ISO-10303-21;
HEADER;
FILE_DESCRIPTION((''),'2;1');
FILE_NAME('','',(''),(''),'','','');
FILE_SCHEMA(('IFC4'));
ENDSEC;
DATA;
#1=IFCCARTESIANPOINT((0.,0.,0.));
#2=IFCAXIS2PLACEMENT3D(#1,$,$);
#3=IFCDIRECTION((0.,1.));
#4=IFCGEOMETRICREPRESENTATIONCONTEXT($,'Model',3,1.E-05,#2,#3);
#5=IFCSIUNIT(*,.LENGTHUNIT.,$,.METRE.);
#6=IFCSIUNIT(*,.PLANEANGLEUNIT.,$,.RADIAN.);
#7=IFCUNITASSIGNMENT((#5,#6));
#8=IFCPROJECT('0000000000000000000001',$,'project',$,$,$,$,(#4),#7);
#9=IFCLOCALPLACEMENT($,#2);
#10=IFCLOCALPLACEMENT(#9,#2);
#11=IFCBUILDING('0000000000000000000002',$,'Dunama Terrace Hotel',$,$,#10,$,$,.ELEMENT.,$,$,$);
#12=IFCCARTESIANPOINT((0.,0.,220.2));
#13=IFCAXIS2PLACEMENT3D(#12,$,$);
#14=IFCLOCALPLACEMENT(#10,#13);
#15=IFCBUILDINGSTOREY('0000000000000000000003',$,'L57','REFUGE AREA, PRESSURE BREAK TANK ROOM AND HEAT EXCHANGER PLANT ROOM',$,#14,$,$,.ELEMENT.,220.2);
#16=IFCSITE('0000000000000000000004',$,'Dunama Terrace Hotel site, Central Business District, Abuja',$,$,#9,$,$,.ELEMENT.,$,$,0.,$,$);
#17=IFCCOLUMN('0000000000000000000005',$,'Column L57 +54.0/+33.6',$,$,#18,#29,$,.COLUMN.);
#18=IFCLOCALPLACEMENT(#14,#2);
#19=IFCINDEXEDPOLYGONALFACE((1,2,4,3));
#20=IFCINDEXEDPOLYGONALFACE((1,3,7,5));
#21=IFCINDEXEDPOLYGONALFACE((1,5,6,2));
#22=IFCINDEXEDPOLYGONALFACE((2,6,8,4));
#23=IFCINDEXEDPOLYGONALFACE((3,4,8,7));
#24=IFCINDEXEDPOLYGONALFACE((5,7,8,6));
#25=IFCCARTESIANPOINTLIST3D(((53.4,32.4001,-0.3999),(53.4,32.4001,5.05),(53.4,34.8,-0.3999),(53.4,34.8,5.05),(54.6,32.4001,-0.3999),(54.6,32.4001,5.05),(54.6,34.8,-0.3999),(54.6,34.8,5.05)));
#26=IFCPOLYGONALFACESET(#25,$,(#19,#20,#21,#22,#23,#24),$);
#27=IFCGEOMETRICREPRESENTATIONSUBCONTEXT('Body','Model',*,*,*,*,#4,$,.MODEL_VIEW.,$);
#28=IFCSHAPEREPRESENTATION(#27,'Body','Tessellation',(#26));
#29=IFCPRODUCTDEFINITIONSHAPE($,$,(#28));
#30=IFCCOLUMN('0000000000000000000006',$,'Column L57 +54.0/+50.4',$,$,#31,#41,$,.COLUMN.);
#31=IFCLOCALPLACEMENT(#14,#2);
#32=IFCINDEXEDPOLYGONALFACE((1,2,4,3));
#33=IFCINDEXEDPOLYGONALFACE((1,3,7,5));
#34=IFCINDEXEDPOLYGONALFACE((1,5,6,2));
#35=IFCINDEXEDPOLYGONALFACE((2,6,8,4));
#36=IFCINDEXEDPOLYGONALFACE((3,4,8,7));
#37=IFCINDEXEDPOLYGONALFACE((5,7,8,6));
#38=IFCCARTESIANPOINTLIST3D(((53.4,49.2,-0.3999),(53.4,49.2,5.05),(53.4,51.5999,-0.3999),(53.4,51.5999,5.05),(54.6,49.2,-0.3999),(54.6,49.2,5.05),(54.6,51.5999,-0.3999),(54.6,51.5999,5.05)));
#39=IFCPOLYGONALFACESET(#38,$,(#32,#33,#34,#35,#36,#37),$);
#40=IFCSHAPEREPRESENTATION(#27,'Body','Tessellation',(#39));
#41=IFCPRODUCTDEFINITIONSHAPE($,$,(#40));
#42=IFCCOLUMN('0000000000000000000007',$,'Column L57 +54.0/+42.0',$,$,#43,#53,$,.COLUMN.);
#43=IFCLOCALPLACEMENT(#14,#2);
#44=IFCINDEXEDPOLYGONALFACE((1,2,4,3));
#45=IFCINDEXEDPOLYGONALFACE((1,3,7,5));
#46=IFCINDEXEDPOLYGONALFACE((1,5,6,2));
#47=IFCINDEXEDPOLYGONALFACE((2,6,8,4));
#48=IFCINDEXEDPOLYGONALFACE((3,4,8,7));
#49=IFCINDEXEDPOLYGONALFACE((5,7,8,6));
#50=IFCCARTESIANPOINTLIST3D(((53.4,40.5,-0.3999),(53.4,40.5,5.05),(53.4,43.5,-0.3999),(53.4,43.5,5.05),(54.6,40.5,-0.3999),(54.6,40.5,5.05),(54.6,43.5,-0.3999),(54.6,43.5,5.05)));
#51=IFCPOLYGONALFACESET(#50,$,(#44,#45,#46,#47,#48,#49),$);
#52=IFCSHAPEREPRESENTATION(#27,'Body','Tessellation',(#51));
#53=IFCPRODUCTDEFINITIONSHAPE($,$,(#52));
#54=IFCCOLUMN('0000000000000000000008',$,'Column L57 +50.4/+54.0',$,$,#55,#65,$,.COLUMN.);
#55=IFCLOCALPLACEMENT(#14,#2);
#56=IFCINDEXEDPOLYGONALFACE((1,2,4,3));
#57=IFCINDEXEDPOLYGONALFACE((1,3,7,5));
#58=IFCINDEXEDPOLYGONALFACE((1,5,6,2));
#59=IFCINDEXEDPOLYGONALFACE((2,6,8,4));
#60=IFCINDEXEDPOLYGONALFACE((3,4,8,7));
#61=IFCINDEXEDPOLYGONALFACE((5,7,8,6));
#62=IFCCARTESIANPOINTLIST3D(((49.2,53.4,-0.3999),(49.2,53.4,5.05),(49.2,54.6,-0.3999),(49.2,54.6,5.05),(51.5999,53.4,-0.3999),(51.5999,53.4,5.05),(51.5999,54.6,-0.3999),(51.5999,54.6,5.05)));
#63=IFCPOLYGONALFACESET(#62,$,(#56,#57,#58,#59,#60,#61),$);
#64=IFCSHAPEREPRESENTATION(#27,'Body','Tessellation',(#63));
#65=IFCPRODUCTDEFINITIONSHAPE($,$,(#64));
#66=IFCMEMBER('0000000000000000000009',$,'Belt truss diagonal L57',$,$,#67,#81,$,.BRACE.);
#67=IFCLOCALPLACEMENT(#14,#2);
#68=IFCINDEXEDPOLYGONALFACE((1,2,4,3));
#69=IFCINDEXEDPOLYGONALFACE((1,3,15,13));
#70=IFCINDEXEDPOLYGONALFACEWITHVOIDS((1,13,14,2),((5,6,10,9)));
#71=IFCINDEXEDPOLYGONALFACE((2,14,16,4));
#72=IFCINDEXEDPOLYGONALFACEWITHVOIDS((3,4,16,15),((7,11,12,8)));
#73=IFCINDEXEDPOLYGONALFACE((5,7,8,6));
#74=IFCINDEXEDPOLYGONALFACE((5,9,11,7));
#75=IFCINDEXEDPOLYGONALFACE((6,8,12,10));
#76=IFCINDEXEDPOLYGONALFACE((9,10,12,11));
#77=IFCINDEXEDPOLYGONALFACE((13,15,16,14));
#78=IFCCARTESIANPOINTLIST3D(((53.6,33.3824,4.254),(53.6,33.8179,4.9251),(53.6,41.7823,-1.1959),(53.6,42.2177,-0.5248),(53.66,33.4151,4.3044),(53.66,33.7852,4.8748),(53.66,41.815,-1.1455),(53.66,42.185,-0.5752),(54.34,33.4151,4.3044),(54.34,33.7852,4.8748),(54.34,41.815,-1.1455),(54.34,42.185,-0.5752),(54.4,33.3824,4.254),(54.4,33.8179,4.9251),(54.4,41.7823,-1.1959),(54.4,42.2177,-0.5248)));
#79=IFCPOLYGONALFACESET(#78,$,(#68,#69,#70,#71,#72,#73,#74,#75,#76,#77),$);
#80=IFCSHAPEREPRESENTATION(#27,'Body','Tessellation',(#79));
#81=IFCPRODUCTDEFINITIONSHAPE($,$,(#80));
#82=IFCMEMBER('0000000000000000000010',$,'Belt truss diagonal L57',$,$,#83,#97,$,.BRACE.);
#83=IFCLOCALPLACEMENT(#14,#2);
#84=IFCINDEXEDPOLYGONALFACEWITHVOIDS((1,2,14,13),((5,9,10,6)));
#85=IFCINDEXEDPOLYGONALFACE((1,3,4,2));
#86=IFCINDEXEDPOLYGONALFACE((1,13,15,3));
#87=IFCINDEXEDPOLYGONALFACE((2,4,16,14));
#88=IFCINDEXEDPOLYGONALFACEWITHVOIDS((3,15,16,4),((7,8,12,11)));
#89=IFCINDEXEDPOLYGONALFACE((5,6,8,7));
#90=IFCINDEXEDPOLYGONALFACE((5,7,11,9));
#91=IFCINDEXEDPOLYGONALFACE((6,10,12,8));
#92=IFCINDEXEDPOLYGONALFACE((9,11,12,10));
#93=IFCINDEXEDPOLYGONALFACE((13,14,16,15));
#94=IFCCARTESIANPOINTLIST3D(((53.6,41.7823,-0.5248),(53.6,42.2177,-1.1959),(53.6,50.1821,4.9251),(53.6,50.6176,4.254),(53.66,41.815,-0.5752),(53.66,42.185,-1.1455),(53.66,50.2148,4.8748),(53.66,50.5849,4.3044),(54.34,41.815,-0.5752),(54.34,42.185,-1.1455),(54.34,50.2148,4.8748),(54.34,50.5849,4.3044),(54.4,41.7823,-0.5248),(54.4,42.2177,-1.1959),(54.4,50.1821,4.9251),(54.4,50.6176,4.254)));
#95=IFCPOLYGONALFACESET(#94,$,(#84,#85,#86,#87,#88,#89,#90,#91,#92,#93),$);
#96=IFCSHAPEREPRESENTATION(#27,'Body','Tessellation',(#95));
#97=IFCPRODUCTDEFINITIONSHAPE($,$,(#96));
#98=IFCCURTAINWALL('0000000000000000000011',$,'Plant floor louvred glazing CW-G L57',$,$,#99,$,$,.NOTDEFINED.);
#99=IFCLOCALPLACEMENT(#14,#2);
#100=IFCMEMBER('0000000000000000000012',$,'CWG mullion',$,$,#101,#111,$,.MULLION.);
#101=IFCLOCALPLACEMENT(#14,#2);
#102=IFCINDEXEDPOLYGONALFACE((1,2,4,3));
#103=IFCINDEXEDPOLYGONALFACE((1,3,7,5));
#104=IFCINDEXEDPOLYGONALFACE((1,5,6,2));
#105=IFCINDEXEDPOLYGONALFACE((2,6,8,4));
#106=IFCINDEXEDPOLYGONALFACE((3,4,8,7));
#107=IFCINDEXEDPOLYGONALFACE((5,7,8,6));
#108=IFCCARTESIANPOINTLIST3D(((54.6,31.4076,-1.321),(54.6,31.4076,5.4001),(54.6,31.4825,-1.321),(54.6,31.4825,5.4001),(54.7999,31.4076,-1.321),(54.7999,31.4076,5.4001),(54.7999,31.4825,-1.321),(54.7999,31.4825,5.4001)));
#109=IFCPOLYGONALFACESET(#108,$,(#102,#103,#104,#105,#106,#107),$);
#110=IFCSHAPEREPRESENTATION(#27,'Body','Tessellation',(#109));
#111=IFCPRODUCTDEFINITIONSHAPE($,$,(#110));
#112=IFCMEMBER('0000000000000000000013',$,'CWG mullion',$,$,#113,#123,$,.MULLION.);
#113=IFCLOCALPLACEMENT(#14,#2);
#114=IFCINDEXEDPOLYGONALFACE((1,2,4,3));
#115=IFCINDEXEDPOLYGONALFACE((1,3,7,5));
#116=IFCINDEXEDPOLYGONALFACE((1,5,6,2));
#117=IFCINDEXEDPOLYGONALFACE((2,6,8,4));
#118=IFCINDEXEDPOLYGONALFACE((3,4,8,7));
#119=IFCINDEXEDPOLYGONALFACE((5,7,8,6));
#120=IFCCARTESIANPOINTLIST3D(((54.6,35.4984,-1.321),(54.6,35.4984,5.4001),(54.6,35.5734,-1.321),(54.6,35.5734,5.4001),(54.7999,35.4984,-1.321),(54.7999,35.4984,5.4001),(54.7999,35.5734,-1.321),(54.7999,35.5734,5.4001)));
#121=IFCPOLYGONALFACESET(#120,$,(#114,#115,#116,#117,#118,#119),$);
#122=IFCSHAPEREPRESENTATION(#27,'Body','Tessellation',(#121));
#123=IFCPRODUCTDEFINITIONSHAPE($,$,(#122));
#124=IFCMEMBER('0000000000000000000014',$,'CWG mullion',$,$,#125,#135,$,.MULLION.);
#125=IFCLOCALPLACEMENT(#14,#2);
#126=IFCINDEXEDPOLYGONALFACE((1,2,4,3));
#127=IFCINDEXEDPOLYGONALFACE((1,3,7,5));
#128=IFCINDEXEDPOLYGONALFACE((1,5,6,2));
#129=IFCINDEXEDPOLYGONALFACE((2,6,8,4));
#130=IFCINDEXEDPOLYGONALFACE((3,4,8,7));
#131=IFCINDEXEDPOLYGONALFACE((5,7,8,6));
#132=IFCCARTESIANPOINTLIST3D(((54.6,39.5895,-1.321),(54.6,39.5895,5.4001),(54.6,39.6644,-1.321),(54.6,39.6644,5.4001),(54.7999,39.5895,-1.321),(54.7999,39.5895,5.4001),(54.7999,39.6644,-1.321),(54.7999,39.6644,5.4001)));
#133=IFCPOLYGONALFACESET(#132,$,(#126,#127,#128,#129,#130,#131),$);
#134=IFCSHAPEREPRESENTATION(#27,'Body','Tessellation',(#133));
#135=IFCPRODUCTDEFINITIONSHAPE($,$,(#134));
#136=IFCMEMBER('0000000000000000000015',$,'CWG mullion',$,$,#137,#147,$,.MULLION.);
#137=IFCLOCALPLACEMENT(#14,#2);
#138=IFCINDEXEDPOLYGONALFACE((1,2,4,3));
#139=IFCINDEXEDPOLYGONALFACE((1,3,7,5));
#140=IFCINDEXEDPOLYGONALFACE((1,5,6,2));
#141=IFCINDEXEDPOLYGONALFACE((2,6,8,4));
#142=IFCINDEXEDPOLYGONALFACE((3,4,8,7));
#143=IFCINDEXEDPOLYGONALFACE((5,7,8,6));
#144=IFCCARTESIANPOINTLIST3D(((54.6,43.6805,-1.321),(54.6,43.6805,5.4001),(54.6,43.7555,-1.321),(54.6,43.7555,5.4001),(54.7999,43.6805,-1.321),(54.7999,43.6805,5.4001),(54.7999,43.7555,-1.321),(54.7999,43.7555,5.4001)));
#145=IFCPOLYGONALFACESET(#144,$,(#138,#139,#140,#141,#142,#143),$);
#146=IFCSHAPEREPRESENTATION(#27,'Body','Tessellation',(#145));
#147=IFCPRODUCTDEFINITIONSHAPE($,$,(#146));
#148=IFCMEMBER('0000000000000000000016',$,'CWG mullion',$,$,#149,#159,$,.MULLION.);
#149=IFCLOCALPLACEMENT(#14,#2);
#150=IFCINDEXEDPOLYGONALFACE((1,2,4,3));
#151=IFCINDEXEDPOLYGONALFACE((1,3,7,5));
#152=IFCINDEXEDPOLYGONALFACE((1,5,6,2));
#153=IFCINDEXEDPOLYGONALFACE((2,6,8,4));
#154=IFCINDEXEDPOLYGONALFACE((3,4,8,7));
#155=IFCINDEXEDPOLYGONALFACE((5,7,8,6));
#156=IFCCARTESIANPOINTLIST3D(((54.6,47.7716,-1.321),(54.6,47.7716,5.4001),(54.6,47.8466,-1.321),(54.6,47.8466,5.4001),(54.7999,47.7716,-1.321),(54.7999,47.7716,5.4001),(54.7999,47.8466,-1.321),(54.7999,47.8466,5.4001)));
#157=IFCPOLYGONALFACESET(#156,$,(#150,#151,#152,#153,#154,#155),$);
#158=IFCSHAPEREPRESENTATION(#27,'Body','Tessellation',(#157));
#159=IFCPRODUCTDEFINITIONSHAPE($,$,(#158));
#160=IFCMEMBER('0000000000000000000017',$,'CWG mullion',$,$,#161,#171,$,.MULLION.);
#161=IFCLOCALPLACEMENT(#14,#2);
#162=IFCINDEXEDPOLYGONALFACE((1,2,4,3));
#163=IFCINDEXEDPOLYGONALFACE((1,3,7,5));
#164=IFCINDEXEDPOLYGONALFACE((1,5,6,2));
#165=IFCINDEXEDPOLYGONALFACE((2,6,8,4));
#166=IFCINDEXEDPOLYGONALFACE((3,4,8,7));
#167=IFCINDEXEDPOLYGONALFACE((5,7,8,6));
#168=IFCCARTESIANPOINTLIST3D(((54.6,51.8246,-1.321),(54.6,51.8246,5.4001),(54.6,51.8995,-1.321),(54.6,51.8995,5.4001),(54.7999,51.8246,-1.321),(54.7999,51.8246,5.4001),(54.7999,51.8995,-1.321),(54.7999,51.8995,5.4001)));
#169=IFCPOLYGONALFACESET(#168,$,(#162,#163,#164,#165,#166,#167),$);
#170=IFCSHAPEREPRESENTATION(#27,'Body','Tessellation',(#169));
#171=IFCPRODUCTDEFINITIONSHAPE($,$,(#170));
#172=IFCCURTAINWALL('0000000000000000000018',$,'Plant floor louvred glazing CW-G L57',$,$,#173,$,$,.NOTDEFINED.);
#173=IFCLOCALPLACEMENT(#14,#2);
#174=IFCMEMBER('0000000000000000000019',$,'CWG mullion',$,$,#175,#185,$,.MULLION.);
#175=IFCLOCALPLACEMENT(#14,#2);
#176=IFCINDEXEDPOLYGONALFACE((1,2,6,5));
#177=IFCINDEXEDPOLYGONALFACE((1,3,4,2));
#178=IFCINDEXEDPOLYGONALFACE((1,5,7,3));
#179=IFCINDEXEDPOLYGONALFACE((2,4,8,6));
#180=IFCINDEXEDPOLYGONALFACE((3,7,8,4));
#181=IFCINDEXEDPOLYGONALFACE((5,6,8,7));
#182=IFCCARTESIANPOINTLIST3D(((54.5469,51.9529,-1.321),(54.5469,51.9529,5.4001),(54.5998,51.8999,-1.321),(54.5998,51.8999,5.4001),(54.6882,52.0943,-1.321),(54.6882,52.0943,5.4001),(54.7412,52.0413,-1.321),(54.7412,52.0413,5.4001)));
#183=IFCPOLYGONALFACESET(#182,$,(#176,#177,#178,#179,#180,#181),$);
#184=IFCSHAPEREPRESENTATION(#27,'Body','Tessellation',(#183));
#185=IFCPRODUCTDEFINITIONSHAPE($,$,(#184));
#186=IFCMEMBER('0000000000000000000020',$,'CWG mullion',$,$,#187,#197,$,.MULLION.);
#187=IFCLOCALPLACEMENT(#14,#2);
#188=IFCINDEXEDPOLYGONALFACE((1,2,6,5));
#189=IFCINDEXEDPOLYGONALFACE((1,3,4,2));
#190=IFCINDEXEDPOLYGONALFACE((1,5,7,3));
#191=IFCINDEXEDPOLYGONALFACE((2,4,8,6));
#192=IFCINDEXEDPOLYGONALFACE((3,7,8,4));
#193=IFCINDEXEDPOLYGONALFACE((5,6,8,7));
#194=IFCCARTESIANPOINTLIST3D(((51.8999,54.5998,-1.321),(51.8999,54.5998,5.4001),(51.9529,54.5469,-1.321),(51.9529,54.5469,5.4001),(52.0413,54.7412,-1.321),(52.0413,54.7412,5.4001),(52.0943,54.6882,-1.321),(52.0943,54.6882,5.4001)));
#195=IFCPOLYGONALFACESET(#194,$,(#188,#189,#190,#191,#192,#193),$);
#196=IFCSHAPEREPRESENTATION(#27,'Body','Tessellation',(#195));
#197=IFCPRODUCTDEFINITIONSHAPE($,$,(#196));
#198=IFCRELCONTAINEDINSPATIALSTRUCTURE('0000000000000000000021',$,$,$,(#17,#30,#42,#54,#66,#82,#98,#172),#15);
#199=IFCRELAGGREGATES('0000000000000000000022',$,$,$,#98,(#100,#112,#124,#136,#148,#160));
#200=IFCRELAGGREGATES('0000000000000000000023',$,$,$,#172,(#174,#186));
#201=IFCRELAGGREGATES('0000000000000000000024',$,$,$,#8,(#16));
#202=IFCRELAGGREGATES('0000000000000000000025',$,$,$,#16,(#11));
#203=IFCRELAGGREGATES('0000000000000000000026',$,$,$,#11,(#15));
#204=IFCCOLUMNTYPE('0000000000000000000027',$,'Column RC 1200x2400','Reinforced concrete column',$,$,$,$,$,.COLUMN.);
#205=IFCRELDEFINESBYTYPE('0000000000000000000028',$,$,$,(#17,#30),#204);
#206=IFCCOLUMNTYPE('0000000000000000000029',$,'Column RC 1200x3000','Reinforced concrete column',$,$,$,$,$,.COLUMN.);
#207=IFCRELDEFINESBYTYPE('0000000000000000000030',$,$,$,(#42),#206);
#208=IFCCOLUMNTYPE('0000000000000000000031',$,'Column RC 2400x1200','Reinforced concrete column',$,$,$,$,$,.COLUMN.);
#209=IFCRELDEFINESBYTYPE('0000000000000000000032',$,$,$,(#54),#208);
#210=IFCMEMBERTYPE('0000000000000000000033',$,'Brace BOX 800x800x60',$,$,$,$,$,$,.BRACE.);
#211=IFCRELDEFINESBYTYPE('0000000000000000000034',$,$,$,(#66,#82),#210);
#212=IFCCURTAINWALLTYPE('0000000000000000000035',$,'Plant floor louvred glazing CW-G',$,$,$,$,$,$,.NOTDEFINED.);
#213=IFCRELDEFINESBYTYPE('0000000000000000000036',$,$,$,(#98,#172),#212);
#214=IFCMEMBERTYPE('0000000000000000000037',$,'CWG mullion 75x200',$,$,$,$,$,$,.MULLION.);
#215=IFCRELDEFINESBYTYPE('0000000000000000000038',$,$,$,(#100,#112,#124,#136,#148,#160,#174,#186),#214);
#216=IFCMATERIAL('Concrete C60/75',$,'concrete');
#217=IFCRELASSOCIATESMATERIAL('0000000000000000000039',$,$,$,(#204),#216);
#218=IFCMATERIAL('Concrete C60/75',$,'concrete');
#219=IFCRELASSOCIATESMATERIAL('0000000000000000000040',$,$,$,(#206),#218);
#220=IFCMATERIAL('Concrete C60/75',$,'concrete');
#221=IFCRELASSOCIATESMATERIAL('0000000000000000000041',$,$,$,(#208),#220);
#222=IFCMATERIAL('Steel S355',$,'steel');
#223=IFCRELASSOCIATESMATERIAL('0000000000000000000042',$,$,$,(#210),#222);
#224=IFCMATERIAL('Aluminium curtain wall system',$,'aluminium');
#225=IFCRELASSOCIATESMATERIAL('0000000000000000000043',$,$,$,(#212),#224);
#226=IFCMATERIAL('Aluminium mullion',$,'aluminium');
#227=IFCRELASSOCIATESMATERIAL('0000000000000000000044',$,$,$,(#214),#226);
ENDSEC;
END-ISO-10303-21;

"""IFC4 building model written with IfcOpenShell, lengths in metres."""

from ifc_helpers import new_model, si_unit, direction, frame, origin, origin_2d, place, context, subcontext, project, spatial, rectangle, hollow_rectangle, extrude, material, material_profile, profile_set, type_object, element, aggregate, save


model = new_model("IFC4")

# Units and contexts
model_context = context("Model", 3, precision=1e-05, world=origin(), true_north=direction((0.0, 1.0)))
body_context = subcontext(model_context, "Body", "Model", "MODEL_VIEW")
ifc_project = project(units=[si_unit("LENGTHUNIT", "METRE"), si_unit("PLANEANGLEUNIT", "RADIAN")], contexts=[model_context])

# Site, building, storey
site_placement = place(None, origin())
site = spatial("IfcSite", under=ifc_project, at=site_placement, Name="Dunama Terrace Hotel site, Central Business District, Abuja", CompositionType="ELEMENT", RefElevation=0.0)
building_placement = place(site_placement, origin())
building = spatial("IfcBuilding", under=site, at=building_placement, Name="Dunama Terrace Hotel", CompositionType="ELEMENT")
storey_placement = place(building_placement, frame((0.0, 0.0, 220.2)))
storey = spatial("IfcBuildingStorey", under=building, at=storey_placement, Name="L57", Description="REFUGE AREA, PRESSURE BREAK TANK ROOM AND HEAT EXCHANGER PLANT ROOM", CompositionType="ELEMENT", Elevation=220.2)

# Columns
ifc_material_1 = material(Name="Concrete C60/75", Category="concrete")
ifc_material_profile_1 = material_profile(ifc_material_1, rectangle(XDim=1.2, YDim=2.3999, at=origin_2d()), Name="RC 1200x2400")
ifc_profile_set_1 = profile_set([ifc_material_profile_1], Name="Concrete C60/75")
column_type_1 = type_object("IfcColumnType", Name="Column RC 1200x2400", Description="Reinforced concrete column", PredefinedType="COLUMN", material=ifc_profile_set_1)
for number, where, z_axis, x_axis, name in (
    (1, (54.0, 33.6001, -0.3999), (0.0, 0.0, 1.0), (1.0, 0.0, 0.0), "Column L57 +54.0/+33.6"),
    (2, (54.0, 50.3999, -0.3999), (0.0, 0.0, 1.0), (1.0, 0.0, 0.0), "Column L57 +54.0/+50.4"),
):
    element("IfcColumn", number, at=place(storey_placement, frame(where, z_axis=z_axis, x_axis=x_axis)), inside=storey, type_object=column_type_1, Name=name, PredefinedType="COLUMN", context=body_context, shape_type="SweptSolid", body=[
        extrude(rectangle(XDim=1.2, YDim=2.3999, at=origin_2d()), origin(), (0.0, 0.0, 1.0), 5.45),
    ])
ifc_material_2 = material(Name="Concrete C60/75", Category="concrete")
ifc_material_profile_2 = material_profile(ifc_material_2, rectangle(XDim=1.2, YDim=3.0, at=origin_2d()), Name="RC 1200x3000")
ifc_profile_set_2 = profile_set([ifc_material_profile_2], Name="Concrete C60/75")
column_type_2 = type_object("IfcColumnType", Name="Column RC 1200x3000", Description="Reinforced concrete column", PredefinedType="COLUMN", material=ifc_profile_set_2)
column_1_placement = place(storey_placement, frame((54.0, 42.0, -0.3999), z_axis=(0.0, 0.0, 1.0), x_axis=(1.0, 0.0, 0.0)))
element("IfcColumn", 3, at=column_1_placement, inside=storey, type_object=column_type_2, Name="Column L57 +54.0/+42.0", PredefinedType="COLUMN", context=body_context, shape_type="SweptSolid", body=[
    extrude(rectangle(XDim=1.2, YDim=3.0, at=origin_2d()), origin(), (0.0, 0.0, 1.0), 5.45),
])
ifc_material_3 = material(Name="Concrete C60/75", Category="concrete")
ifc_material_profile_3 = material_profile(ifc_material_3, rectangle(XDim=2.3999, YDim=1.2, at=origin_2d()), Name="RC 2400x1200")
ifc_profile_set_3 = profile_set([ifc_material_profile_3], Name="Concrete C60/75")
column_type_3 = type_object("IfcColumnType", Name="Column RC 2400x1200", Description="Reinforced concrete column", PredefinedType="COLUMN", material=ifc_profile_set_3)
column_2_placement = place(storey_placement, frame((50.3999, 54.0, -0.3999), z_axis=(0.0, 0.0, 1.0), x_axis=(1.0, 0.0, 0.0)))
element("IfcColumn", 4, at=column_2_placement, inside=storey, type_object=column_type_3, Name="Column L57 +50.4/+54.0", PredefinedType="COLUMN", context=body_context, shape_type="SweptSolid", body=[
    extrude(rectangle(XDim=2.3999, YDim=1.2, at=origin_2d()), origin(), (0.0, 0.0, 1.0), 5.45),
])

# Members
ifc_material_4 = material(Name="Steel S355", Category="steel")
ifc_material_profile_4 = material_profile(ifc_material_4, hollow_rectangle(XDim=0.8, YDim=0.8, WallThickness=0.0601, at=origin_2d()), Name="BOX 800x800x60")
ifc_profile_set_4 = profile_set([ifc_material_profile_4], Name="Steel S355")
member_type_1 = type_object("IfcMemberType", Name="Brace BOX 800x800x60", PredefinedType="BRACE", material=ifc_profile_set_4)
for number, where, z_axis, x_axis, name in (
    (5, (54.0, 42.0, -0.8604), (0.0, -0.838899, 0.544287), (1.0, 0.0, 0.0), "Belt truss diagonal L57"),
    (6, (54.0, 42.0, -0.8604), (0.0, 0.838899, 0.544287), (-1.0, 0.0, 0.0), "Belt truss diagonal L57"),
):
    element("IfcMember", number, at=place(storey_placement, frame(where, z_axis=z_axis, x_axis=x_axis)), inside=storey, type_object=member_type_1, Name=name, PredefinedType="BRACE", context=body_context, shape_type="SweptSolid", body=[
        extrude(hollow_rectangle(XDim=0.8, YDim=0.8, WallThickness=0.0601, at=origin_2d()), origin(), (0.0, 0.0, 1.0), 10.0129),
    ])

# Curtain walls, members
ifc_material_5 = material(Name="Aluminium curtain wall system", Category="aluminium")
curtain_wall_type = type_object("IfcCurtainWallType", Name="Plant floor louvred glazing CW-G", PredefinedType="NOTDEFINED", material=ifc_material_5)
curtain_wall_1_placement = place(storey_placement, origin())
curtain_wall_1 = element("IfcCurtainWall", 7, at=curtain_wall_1_placement, inside=storey, type_object=curtain_wall_type, Name="Plant floor louvred glazing CW-G L57", PredefinedType="NOTDEFINED")
ifc_material_6 = material(Name="Aluminium mullion", Category="aluminium")
ifc_material_profile_5 = material_profile(ifc_material_6, rectangle(XDim=0.075, YDim=0.2, at=origin_2d()), Name="CWG MULLION 75X200")
ifc_profile_set_5 = profile_set([ifc_material_profile_5], Name="Aluminium mullion")
member_type_2 = type_object("IfcMemberType", Name="CWG mullion 75x200", PredefinedType="MULLION", material=ifc_profile_set_5)
member_1_placement = place(storey_placement, frame((54.7, 31.4451, -1.321), z_axis=(0.0, 0.0, 1.0), x_axis=(0.0, 1.0, 0.0)))
member_1 = element("IfcMember", 8, at=member_1_placement, type_object=member_type_2, Name="CWG mullion", PredefinedType="MULLION", context=body_context, shape_type="SweptSolid", body=[
    extrude(rectangle(XDim=0.075, YDim=0.2, at=origin_2d()), origin(), (0.0, 0.0, 1.0), 6.7212),
])
member_2_placement = place(storey_placement, frame((54.7, 35.5359, -1.321), z_axis=(0.0, 0.0, 1.0), x_axis=(0.0, 1.0, 0.0)))
member_2 = element("IfcMember", 9, at=member_2_placement, type_object=member_type_2, Name="CWG mullion", PredefinedType="MULLION", context=body_context, shape_type="SweptSolid", body=[
    extrude(rectangle(XDim=0.075, YDim=0.2, at=origin_2d()), origin(), (0.0, 0.0, 1.0), 6.7212),
])
member_3_placement = place(storey_placement, frame((54.7, 39.627, -1.321), z_axis=(0.0, 0.0, 1.0), x_axis=(0.0, 1.0, 0.0)))
member_3 = element("IfcMember", 10, at=member_3_placement, type_object=member_type_2, Name="CWG mullion", PredefinedType="MULLION", context=body_context, shape_type="SweptSolid", body=[
    extrude(rectangle(XDim=0.075, YDim=0.2, at=origin_2d()), origin(), (0.0, 0.0, 1.0), 6.7212),
])
member_4_placement = place(storey_placement, frame((54.7, 43.718, -1.321), z_axis=(0.0, 0.0, 1.0), x_axis=(0.0, 1.0, 0.0)))
member_4 = element("IfcMember", 11, at=member_4_placement, type_object=member_type_2, Name="CWG mullion", PredefinedType="MULLION", context=body_context, shape_type="SweptSolid", body=[
    extrude(rectangle(XDim=0.075, YDim=0.2, at=origin_2d()), origin(), (0.0, 0.0, 1.0), 6.7212),
])
member_5_placement = place(storey_placement, frame((54.7, 47.8091, -1.321), z_axis=(0.0, 0.0, 1.0), x_axis=(0.0, 1.0, 0.0)))
member_5 = element("IfcMember", 12, at=member_5_placement, type_object=member_type_2, Name="CWG mullion", PredefinedType="MULLION", context=body_context, shape_type="SweptSolid", body=[
    extrude(rectangle(XDim=0.075, YDim=0.2, at=origin_2d()), origin(), (0.0, 0.0, 1.0), 6.7212),
])
member_6_placement = place(storey_placement, frame((54.7, 51.8621, -1.321), z_axis=(0.0, 0.0, 1.0), x_axis=(0.0, 1.0, 0.0)))
member_6 = element("IfcMember", 13, at=member_6_placement, type_object=member_type_2, Name="CWG mullion", PredefinedType="MULLION", context=body_context, shape_type="SweptSolid", body=[
    extrude(rectangle(XDim=0.075, YDim=0.2, at=origin_2d()), origin(), (0.0, 0.0, 1.0), 6.7212),
])
curtain_wall_2_placement = place(storey_placement, origin())
curtain_wall_2 = element("IfcCurtainWall", 14, at=curtain_wall_2_placement, inside=storey, type_object=curtain_wall_type, Name="Plant floor louvred glazing CW-G L57", PredefinedType="NOTDEFINED")
member_7_placement = place(storey_placement, frame((54.644, 51.9971, -1.321), z_axis=(0.0, 0.0, 1.0), x_axis=(-0.707107, 0.707107, 0.0)))
member_7 = element("IfcMember", 15, at=member_7_placement, type_object=member_type_2, Name="CWG mullion", PredefinedType="MULLION", context=body_context, shape_type="SweptSolid", body=[
    extrude(rectangle(XDim=0.075, YDim=0.2, at=origin_2d()), origin(), (0.0, 0.0, 1.0), 6.7212),
])
member_8_placement = place(storey_placement, frame((51.9971, 54.644, -1.321), z_axis=(0.0, 0.0, 1.0), x_axis=(-0.707107, 0.707107, 0.0)))
member_8 = element("IfcMember", 16, at=member_8_placement, type_object=member_type_2, Name="CWG mullion", PredefinedType="MULLION", context=body_context, shape_type="SweptSolid", body=[
    extrude(rectangle(XDim=0.075, YDim=0.2, at=origin_2d()), origin(), (0.0, 0.0, 1.0), 6.7212),
])

aggregate(curtain_wall_1, [member_1, member_2, member_3, member_4, member_5, member_6])
aggregate(curtain_wall_2, [member_7, member_8])

save(model, "model.ifc")
